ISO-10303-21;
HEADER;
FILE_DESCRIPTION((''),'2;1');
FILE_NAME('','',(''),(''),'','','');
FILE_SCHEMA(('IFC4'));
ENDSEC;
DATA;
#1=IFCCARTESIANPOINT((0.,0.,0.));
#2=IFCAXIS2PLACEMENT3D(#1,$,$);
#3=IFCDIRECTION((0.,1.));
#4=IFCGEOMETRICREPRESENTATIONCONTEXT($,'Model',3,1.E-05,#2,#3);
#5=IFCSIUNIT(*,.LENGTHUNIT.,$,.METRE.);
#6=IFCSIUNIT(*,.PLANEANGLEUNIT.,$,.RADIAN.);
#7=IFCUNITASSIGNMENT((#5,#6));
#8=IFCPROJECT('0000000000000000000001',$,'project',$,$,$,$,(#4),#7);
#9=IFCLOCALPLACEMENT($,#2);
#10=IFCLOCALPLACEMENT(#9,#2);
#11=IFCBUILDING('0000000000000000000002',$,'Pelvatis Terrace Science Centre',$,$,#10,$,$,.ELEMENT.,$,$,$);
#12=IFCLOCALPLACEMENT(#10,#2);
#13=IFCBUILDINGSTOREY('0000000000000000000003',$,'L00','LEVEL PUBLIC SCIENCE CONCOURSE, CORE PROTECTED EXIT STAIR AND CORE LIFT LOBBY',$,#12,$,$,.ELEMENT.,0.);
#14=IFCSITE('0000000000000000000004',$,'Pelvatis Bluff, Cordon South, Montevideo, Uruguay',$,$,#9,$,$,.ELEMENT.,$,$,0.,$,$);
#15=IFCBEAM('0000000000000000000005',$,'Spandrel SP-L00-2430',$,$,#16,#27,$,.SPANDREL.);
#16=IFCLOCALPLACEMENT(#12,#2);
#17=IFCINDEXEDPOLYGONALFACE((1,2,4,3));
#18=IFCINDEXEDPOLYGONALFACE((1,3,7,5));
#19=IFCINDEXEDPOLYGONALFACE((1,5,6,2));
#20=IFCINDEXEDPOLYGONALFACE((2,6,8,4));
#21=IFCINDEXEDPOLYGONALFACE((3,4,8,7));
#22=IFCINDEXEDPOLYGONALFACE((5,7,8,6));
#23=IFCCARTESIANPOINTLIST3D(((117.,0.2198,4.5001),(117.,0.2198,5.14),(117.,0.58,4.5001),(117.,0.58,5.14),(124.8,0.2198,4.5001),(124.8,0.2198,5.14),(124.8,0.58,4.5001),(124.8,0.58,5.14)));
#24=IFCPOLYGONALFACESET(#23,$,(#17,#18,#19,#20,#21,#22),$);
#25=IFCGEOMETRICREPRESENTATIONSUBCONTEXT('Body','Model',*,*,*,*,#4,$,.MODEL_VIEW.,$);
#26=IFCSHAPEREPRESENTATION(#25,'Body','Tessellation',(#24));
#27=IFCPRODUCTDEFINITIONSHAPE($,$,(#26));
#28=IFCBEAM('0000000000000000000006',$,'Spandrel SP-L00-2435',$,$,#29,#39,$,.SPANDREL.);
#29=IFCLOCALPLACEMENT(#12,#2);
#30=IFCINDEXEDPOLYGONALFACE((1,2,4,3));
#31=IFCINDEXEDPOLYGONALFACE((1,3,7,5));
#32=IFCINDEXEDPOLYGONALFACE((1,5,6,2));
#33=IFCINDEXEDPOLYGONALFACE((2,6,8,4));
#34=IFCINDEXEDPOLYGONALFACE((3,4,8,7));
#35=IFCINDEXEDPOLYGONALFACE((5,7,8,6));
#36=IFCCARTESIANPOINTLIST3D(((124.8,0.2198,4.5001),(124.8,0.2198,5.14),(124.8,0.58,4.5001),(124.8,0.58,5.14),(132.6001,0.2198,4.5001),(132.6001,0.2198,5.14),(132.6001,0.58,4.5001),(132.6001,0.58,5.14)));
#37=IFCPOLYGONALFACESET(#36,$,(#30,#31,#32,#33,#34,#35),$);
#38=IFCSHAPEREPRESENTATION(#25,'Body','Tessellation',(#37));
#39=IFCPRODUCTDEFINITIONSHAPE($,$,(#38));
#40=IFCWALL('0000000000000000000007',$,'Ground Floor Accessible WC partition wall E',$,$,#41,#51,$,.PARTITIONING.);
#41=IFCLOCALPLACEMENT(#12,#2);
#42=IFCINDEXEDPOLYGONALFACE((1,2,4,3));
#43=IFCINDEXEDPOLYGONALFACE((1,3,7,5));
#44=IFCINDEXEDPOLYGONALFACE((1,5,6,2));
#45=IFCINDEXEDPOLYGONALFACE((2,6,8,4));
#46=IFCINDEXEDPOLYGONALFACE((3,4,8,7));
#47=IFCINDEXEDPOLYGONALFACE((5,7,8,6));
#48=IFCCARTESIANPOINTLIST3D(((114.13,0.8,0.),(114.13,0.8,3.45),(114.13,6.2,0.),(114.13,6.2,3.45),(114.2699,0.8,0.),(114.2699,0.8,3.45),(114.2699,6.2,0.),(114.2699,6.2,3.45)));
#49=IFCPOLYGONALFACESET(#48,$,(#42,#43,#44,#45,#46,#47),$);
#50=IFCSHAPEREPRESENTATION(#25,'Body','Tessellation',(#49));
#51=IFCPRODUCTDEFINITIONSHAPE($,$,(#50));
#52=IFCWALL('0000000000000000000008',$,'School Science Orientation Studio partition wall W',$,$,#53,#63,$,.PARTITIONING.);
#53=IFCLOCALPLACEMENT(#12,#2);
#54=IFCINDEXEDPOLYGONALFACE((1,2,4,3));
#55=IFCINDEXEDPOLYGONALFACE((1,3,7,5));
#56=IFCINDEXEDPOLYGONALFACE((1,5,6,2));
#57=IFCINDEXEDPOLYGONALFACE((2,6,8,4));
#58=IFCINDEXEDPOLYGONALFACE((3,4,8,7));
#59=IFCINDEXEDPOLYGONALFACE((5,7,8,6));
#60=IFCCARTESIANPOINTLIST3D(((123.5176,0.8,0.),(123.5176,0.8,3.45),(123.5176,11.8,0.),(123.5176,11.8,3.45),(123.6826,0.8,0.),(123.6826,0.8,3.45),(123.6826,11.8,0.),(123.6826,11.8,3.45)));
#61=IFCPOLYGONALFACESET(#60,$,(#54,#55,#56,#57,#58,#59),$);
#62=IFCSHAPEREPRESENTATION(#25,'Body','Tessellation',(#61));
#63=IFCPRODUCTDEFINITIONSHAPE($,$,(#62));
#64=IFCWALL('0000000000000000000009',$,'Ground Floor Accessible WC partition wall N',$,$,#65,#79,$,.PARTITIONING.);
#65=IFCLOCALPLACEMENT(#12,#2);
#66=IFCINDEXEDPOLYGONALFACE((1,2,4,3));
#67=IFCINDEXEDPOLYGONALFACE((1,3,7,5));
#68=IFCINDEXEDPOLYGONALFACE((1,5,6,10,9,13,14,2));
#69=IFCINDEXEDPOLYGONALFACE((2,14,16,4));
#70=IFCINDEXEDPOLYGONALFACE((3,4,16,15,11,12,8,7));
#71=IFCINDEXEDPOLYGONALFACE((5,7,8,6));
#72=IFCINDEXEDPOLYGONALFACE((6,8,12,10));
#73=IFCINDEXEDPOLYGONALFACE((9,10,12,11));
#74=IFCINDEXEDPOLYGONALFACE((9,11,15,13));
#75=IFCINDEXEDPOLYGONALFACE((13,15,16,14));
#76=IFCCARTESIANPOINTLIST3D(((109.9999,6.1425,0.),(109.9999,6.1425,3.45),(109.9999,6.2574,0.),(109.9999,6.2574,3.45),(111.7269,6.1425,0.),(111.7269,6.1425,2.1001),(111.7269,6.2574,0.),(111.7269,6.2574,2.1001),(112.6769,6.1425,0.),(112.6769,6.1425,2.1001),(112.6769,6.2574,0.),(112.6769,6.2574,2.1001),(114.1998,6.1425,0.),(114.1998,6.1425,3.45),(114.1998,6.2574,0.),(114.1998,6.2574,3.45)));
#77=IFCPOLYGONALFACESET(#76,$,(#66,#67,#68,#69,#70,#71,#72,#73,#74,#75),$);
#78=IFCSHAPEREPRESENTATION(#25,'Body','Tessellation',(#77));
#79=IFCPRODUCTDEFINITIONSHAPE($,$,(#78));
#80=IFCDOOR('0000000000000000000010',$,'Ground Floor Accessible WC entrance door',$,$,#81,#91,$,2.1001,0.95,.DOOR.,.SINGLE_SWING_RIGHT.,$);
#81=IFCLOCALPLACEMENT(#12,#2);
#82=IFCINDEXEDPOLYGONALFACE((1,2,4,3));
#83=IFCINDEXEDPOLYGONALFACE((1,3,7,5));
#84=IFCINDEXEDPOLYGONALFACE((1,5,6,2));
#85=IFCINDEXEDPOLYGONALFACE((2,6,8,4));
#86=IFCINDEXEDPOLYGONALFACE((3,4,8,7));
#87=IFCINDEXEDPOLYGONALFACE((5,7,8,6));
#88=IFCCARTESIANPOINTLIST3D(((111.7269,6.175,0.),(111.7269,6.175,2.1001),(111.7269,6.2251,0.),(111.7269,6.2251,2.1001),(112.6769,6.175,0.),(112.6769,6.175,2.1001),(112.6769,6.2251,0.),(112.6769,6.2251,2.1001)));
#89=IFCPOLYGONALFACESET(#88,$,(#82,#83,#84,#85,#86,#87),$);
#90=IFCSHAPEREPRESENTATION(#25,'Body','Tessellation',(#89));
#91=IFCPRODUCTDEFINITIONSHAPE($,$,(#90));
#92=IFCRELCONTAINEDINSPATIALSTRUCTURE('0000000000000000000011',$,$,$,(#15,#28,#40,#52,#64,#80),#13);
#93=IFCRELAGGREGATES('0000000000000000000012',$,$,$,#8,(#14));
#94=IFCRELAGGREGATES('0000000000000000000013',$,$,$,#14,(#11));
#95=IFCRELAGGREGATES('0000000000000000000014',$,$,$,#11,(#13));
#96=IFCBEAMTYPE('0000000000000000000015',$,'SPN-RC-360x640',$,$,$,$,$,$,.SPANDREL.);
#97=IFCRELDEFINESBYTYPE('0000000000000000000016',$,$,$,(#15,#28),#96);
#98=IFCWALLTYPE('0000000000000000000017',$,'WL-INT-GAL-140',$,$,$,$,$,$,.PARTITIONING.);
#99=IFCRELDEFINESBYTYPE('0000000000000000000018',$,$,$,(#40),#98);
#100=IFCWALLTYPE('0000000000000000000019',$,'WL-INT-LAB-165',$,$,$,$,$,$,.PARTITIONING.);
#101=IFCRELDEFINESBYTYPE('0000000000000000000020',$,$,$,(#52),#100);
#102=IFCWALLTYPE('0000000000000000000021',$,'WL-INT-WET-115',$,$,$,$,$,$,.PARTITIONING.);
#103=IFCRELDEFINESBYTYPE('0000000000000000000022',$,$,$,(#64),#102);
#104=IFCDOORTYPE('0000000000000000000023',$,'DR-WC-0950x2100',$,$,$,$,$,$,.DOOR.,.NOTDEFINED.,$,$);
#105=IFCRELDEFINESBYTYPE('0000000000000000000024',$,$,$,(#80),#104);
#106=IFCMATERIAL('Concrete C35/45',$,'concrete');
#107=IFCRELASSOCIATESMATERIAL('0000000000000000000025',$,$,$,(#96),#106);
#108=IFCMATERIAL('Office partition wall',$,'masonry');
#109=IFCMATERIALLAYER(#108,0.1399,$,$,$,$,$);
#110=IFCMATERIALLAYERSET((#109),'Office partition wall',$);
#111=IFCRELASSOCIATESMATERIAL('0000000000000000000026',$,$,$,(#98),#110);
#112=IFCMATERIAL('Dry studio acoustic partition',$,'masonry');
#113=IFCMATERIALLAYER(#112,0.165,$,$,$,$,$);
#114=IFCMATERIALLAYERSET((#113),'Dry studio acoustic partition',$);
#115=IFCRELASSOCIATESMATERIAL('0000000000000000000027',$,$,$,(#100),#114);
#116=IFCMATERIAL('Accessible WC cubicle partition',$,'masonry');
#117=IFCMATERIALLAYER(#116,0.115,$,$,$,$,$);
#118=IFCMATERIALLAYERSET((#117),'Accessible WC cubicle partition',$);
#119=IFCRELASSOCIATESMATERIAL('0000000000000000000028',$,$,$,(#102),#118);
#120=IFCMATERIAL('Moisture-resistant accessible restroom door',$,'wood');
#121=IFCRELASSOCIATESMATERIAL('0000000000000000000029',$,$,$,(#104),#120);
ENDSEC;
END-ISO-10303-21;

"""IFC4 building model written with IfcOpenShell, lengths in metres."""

from ifc_helpers import new_model, si_unit, direction, frame, frame_2d, origin, origin_2d, place, context, subcontext, project, spatial, rectangle, extrude, material, layer, layer_set, material_profile, profile_set, type_object, element, fill, save


model = new_model("IFC4")

# Units and contexts
model_context = context("Model", 3, precision=1e-05, world=origin(), true_north=direction((0.0, 1.0)))
body_context = subcontext(model_context, "Body", "Model", "MODEL_VIEW")
ifc_project = project(units=[si_unit("LENGTHUNIT", "METRE"), si_unit("PLANEANGLEUNIT", "RADIAN")], contexts=[model_context])

# Site, building, storey
site_placement = place(None, origin())
site = spatial("IfcSite", under=ifc_project, at=site_placement, Name="Pelvatis Bluff, Cordon South, Montevideo, Uruguay", CompositionType="ELEMENT", RefElevation=0.0)
building_placement = place(site_placement, origin())
building = spatial("IfcBuilding", under=site, at=building_placement, Name="Pelvatis Terrace Science Centre", CompositionType="ELEMENT")
storey_placement = place(building_placement, origin())
storey = spatial("IfcBuildingStorey", under=building, at=storey_placement, Name="L00", Description="LEVEL PUBLIC SCIENCE CONCOURSE, CORE PROTECTED EXIT STAIR AND CORE LIFT LOBBY", CompositionType="ELEMENT", Elevation=0.0)

# Beams
ifc_material_1 = material(Name="Concrete C35/45", Category="concrete")
ifc_material_profile_1 = material_profile(ifc_material_1, rectangle(XDim=0.3601, YDim=0.6399, at=origin_2d()), Name="RC-SPN 360x640")
ifc_profile_set_1 = profile_set([ifc_material_profile_1], Name="Concrete C35/45")
beam_type_1 = type_object("IfcBeamType", Name="SPN-RC-360x640", PredefinedType="SPANDREL", material=ifc_profile_set_1)
for number, where, z_axis, x_axis, name in (
    (1, (117.0, 0.3999, 4.8201), (1.0, 0.0, 0.0), (0.0, 1.0, 0.0), "Spandrel SP-L00-2430"),
    (2, (124.8, 0.3999, 4.8201), (1.0, 0.0, 0.0), (0.0, 1.0, 0.0), "Spandrel SP-L00-2435"),
):
    element("IfcBeam", number, at=place(storey_placement, frame(where, z_axis=z_axis, x_axis=x_axis)), inside=storey, type_object=beam_type_1, Name=name, PredefinedType="SPANDREL", context=body_context, shape_type="SweptSolid", body=[
        extrude(rectangle(XDim=0.3601, YDim=0.6399, at=origin_2d()), origin(), (0.0, 0.0, 1.0), 7.8),
    ])

# Walls
ifc_material_2 = material(Name="Office partition wall", Category="masonry")
ifc_layer_1 = layer(ifc_material_2, 0.1399)
ifc_layer_set_1 = layer_set([ifc_layer_1], Name="Office partition wall")
wall_type_1 = type_object("IfcWallType", Name="WL-INT-GAL-140", PredefinedType="PARTITIONING", material=ifc_layer_set_1)
wall_1_placement = place(storey_placement, frame((114.2, 0.8, 0.0), z_axis=(0.0, 0.0, 1.0), x_axis=(0.0, 1.0, 0.0)))
element("IfcWall", 3, at=wall_1_placement, inside=storey, type_object=wall_type_1, Name="Ground Floor Accessible WC partition wall E", PredefinedType="PARTITIONING", context=body_context, shape_type="SweptSolid", body=[
    extrude(rectangle(XDim=5.3999, YDim=0.1399, at=frame_2d((2.7, 0.0))), origin(), (0.0, 0.0, 1.0), 3.45),
])
ifc_material_3 = material(Name="Dry studio acoustic partition", Category="masonry")
ifc_layer_2 = layer(ifc_material_3, 0.165)
ifc_layer_set_2 = layer_set([ifc_layer_2], Name="Dry studio acoustic partition")
wall_type_2 = type_object("IfcWallType", Name="WL-INT-LAB-165", PredefinedType="PARTITIONING", material=ifc_layer_set_2)
wall_2_placement = place(storey_placement, frame((123.6001, 11.8, 0.0), z_axis=(0.0, 0.0, 1.0), x_axis=(0.0, -1.0, 0.0)))
element("IfcWall", 4, at=wall_2_placement, inside=storey, type_object=wall_type_2, Name="School Science Orientation Studio partition wall W", PredefinedType="PARTITIONING", context=body_context, shape_type="SweptSolid", body=[
    extrude(rectangle(XDim=11.0, YDim=0.165, at=frame_2d((5.5, 0.0))), origin(), (0.0, 0.0, 1.0), 3.45),
])

# Wall, opening, door
ifc_material_4 = material(Name="Accessible WC cubicle partition", Category="masonry")
ifc_layer_3 = layer(ifc_material_4, 0.115)
ifc_layer_set_3 = layer_set([ifc_layer_3], Name="Accessible WC cubicle partition")
wall_type_3 = type_object("IfcWallType", Name="WL-INT-WET-115", PredefinedType="PARTITIONING", material=ifc_layer_set_3)
wall_3_placement = place(storey_placement, frame((114.2, 6.2, 0.0), z_axis=(0.0, 0.0, 1.0), x_axis=(-1.0, 0.0, 0.0)))
wall_3 = element("IfcWall", 5, at=wall_3_placement, inside=storey, type_object=wall_type_3, Name="Ground Floor Accessible WC partition wall N", PredefinedType="PARTITIONING", context=body_context, shape_type="SweptSolid", body=[
    extrude(rectangle(XDim=4.2, YDim=0.115, at=frame_2d((2.1001, 0.0))), origin(), (0.0, 0.0, 1.0), 3.45),
])
opening_placement = place(wall_3_placement, frame((1.5229, 0.0, 0.0)))
opening = element("IfcOpeningElement", 6, at=opening_placement, cuts=wall_3, PredefinedType="OPENING", context=body_context, shape_type="SweptSolid", body=[
    extrude(rectangle(XDim=0.95, YDim=2.1001, at=frame_2d((0.4751, 1.05))), frame((0.0, 0.0674, 0.0), z_axis=(0.0, -1.0, 0.0), x_axis=(1.0, 0.0, 0.0)), (0.0, 0.0, 1.0), 0.135),
])
ifc_material_5 = material(Name="Moisture-resistant accessible restroom door", Category="wood")
door_type = type_object("IfcDoorType", Name="DR-WC-0950x2100", OperationType="NOTDEFINED", PredefinedType="DOOR", material=ifc_material_5)
door_placement = place(opening_placement, origin())
door = element("IfcDoor", 7, at=door_placement, inside=storey, type_object=door_type, Name="Ground Floor Accessible WC entrance door", OperationType="SINGLE_SWING_RIGHT", OverallHeight=2.1001, OverallWidth=0.95, PredefinedType="DOOR", context=body_context, shape_type="SweptSolid", body=[
    extrude(rectangle(XDim=0.95, YDim=2.1001, at=frame_2d((0.4751, 1.05))), frame((0.0, 0.0249, 0.0), z_axis=(0.0, -1.0, 0.0), x_axis=(1.0, 0.0, 0.0)), (0.0, 0.0, 1.0), 0.05),
])
fill(opening, door)

save(model, "model.ifc")
